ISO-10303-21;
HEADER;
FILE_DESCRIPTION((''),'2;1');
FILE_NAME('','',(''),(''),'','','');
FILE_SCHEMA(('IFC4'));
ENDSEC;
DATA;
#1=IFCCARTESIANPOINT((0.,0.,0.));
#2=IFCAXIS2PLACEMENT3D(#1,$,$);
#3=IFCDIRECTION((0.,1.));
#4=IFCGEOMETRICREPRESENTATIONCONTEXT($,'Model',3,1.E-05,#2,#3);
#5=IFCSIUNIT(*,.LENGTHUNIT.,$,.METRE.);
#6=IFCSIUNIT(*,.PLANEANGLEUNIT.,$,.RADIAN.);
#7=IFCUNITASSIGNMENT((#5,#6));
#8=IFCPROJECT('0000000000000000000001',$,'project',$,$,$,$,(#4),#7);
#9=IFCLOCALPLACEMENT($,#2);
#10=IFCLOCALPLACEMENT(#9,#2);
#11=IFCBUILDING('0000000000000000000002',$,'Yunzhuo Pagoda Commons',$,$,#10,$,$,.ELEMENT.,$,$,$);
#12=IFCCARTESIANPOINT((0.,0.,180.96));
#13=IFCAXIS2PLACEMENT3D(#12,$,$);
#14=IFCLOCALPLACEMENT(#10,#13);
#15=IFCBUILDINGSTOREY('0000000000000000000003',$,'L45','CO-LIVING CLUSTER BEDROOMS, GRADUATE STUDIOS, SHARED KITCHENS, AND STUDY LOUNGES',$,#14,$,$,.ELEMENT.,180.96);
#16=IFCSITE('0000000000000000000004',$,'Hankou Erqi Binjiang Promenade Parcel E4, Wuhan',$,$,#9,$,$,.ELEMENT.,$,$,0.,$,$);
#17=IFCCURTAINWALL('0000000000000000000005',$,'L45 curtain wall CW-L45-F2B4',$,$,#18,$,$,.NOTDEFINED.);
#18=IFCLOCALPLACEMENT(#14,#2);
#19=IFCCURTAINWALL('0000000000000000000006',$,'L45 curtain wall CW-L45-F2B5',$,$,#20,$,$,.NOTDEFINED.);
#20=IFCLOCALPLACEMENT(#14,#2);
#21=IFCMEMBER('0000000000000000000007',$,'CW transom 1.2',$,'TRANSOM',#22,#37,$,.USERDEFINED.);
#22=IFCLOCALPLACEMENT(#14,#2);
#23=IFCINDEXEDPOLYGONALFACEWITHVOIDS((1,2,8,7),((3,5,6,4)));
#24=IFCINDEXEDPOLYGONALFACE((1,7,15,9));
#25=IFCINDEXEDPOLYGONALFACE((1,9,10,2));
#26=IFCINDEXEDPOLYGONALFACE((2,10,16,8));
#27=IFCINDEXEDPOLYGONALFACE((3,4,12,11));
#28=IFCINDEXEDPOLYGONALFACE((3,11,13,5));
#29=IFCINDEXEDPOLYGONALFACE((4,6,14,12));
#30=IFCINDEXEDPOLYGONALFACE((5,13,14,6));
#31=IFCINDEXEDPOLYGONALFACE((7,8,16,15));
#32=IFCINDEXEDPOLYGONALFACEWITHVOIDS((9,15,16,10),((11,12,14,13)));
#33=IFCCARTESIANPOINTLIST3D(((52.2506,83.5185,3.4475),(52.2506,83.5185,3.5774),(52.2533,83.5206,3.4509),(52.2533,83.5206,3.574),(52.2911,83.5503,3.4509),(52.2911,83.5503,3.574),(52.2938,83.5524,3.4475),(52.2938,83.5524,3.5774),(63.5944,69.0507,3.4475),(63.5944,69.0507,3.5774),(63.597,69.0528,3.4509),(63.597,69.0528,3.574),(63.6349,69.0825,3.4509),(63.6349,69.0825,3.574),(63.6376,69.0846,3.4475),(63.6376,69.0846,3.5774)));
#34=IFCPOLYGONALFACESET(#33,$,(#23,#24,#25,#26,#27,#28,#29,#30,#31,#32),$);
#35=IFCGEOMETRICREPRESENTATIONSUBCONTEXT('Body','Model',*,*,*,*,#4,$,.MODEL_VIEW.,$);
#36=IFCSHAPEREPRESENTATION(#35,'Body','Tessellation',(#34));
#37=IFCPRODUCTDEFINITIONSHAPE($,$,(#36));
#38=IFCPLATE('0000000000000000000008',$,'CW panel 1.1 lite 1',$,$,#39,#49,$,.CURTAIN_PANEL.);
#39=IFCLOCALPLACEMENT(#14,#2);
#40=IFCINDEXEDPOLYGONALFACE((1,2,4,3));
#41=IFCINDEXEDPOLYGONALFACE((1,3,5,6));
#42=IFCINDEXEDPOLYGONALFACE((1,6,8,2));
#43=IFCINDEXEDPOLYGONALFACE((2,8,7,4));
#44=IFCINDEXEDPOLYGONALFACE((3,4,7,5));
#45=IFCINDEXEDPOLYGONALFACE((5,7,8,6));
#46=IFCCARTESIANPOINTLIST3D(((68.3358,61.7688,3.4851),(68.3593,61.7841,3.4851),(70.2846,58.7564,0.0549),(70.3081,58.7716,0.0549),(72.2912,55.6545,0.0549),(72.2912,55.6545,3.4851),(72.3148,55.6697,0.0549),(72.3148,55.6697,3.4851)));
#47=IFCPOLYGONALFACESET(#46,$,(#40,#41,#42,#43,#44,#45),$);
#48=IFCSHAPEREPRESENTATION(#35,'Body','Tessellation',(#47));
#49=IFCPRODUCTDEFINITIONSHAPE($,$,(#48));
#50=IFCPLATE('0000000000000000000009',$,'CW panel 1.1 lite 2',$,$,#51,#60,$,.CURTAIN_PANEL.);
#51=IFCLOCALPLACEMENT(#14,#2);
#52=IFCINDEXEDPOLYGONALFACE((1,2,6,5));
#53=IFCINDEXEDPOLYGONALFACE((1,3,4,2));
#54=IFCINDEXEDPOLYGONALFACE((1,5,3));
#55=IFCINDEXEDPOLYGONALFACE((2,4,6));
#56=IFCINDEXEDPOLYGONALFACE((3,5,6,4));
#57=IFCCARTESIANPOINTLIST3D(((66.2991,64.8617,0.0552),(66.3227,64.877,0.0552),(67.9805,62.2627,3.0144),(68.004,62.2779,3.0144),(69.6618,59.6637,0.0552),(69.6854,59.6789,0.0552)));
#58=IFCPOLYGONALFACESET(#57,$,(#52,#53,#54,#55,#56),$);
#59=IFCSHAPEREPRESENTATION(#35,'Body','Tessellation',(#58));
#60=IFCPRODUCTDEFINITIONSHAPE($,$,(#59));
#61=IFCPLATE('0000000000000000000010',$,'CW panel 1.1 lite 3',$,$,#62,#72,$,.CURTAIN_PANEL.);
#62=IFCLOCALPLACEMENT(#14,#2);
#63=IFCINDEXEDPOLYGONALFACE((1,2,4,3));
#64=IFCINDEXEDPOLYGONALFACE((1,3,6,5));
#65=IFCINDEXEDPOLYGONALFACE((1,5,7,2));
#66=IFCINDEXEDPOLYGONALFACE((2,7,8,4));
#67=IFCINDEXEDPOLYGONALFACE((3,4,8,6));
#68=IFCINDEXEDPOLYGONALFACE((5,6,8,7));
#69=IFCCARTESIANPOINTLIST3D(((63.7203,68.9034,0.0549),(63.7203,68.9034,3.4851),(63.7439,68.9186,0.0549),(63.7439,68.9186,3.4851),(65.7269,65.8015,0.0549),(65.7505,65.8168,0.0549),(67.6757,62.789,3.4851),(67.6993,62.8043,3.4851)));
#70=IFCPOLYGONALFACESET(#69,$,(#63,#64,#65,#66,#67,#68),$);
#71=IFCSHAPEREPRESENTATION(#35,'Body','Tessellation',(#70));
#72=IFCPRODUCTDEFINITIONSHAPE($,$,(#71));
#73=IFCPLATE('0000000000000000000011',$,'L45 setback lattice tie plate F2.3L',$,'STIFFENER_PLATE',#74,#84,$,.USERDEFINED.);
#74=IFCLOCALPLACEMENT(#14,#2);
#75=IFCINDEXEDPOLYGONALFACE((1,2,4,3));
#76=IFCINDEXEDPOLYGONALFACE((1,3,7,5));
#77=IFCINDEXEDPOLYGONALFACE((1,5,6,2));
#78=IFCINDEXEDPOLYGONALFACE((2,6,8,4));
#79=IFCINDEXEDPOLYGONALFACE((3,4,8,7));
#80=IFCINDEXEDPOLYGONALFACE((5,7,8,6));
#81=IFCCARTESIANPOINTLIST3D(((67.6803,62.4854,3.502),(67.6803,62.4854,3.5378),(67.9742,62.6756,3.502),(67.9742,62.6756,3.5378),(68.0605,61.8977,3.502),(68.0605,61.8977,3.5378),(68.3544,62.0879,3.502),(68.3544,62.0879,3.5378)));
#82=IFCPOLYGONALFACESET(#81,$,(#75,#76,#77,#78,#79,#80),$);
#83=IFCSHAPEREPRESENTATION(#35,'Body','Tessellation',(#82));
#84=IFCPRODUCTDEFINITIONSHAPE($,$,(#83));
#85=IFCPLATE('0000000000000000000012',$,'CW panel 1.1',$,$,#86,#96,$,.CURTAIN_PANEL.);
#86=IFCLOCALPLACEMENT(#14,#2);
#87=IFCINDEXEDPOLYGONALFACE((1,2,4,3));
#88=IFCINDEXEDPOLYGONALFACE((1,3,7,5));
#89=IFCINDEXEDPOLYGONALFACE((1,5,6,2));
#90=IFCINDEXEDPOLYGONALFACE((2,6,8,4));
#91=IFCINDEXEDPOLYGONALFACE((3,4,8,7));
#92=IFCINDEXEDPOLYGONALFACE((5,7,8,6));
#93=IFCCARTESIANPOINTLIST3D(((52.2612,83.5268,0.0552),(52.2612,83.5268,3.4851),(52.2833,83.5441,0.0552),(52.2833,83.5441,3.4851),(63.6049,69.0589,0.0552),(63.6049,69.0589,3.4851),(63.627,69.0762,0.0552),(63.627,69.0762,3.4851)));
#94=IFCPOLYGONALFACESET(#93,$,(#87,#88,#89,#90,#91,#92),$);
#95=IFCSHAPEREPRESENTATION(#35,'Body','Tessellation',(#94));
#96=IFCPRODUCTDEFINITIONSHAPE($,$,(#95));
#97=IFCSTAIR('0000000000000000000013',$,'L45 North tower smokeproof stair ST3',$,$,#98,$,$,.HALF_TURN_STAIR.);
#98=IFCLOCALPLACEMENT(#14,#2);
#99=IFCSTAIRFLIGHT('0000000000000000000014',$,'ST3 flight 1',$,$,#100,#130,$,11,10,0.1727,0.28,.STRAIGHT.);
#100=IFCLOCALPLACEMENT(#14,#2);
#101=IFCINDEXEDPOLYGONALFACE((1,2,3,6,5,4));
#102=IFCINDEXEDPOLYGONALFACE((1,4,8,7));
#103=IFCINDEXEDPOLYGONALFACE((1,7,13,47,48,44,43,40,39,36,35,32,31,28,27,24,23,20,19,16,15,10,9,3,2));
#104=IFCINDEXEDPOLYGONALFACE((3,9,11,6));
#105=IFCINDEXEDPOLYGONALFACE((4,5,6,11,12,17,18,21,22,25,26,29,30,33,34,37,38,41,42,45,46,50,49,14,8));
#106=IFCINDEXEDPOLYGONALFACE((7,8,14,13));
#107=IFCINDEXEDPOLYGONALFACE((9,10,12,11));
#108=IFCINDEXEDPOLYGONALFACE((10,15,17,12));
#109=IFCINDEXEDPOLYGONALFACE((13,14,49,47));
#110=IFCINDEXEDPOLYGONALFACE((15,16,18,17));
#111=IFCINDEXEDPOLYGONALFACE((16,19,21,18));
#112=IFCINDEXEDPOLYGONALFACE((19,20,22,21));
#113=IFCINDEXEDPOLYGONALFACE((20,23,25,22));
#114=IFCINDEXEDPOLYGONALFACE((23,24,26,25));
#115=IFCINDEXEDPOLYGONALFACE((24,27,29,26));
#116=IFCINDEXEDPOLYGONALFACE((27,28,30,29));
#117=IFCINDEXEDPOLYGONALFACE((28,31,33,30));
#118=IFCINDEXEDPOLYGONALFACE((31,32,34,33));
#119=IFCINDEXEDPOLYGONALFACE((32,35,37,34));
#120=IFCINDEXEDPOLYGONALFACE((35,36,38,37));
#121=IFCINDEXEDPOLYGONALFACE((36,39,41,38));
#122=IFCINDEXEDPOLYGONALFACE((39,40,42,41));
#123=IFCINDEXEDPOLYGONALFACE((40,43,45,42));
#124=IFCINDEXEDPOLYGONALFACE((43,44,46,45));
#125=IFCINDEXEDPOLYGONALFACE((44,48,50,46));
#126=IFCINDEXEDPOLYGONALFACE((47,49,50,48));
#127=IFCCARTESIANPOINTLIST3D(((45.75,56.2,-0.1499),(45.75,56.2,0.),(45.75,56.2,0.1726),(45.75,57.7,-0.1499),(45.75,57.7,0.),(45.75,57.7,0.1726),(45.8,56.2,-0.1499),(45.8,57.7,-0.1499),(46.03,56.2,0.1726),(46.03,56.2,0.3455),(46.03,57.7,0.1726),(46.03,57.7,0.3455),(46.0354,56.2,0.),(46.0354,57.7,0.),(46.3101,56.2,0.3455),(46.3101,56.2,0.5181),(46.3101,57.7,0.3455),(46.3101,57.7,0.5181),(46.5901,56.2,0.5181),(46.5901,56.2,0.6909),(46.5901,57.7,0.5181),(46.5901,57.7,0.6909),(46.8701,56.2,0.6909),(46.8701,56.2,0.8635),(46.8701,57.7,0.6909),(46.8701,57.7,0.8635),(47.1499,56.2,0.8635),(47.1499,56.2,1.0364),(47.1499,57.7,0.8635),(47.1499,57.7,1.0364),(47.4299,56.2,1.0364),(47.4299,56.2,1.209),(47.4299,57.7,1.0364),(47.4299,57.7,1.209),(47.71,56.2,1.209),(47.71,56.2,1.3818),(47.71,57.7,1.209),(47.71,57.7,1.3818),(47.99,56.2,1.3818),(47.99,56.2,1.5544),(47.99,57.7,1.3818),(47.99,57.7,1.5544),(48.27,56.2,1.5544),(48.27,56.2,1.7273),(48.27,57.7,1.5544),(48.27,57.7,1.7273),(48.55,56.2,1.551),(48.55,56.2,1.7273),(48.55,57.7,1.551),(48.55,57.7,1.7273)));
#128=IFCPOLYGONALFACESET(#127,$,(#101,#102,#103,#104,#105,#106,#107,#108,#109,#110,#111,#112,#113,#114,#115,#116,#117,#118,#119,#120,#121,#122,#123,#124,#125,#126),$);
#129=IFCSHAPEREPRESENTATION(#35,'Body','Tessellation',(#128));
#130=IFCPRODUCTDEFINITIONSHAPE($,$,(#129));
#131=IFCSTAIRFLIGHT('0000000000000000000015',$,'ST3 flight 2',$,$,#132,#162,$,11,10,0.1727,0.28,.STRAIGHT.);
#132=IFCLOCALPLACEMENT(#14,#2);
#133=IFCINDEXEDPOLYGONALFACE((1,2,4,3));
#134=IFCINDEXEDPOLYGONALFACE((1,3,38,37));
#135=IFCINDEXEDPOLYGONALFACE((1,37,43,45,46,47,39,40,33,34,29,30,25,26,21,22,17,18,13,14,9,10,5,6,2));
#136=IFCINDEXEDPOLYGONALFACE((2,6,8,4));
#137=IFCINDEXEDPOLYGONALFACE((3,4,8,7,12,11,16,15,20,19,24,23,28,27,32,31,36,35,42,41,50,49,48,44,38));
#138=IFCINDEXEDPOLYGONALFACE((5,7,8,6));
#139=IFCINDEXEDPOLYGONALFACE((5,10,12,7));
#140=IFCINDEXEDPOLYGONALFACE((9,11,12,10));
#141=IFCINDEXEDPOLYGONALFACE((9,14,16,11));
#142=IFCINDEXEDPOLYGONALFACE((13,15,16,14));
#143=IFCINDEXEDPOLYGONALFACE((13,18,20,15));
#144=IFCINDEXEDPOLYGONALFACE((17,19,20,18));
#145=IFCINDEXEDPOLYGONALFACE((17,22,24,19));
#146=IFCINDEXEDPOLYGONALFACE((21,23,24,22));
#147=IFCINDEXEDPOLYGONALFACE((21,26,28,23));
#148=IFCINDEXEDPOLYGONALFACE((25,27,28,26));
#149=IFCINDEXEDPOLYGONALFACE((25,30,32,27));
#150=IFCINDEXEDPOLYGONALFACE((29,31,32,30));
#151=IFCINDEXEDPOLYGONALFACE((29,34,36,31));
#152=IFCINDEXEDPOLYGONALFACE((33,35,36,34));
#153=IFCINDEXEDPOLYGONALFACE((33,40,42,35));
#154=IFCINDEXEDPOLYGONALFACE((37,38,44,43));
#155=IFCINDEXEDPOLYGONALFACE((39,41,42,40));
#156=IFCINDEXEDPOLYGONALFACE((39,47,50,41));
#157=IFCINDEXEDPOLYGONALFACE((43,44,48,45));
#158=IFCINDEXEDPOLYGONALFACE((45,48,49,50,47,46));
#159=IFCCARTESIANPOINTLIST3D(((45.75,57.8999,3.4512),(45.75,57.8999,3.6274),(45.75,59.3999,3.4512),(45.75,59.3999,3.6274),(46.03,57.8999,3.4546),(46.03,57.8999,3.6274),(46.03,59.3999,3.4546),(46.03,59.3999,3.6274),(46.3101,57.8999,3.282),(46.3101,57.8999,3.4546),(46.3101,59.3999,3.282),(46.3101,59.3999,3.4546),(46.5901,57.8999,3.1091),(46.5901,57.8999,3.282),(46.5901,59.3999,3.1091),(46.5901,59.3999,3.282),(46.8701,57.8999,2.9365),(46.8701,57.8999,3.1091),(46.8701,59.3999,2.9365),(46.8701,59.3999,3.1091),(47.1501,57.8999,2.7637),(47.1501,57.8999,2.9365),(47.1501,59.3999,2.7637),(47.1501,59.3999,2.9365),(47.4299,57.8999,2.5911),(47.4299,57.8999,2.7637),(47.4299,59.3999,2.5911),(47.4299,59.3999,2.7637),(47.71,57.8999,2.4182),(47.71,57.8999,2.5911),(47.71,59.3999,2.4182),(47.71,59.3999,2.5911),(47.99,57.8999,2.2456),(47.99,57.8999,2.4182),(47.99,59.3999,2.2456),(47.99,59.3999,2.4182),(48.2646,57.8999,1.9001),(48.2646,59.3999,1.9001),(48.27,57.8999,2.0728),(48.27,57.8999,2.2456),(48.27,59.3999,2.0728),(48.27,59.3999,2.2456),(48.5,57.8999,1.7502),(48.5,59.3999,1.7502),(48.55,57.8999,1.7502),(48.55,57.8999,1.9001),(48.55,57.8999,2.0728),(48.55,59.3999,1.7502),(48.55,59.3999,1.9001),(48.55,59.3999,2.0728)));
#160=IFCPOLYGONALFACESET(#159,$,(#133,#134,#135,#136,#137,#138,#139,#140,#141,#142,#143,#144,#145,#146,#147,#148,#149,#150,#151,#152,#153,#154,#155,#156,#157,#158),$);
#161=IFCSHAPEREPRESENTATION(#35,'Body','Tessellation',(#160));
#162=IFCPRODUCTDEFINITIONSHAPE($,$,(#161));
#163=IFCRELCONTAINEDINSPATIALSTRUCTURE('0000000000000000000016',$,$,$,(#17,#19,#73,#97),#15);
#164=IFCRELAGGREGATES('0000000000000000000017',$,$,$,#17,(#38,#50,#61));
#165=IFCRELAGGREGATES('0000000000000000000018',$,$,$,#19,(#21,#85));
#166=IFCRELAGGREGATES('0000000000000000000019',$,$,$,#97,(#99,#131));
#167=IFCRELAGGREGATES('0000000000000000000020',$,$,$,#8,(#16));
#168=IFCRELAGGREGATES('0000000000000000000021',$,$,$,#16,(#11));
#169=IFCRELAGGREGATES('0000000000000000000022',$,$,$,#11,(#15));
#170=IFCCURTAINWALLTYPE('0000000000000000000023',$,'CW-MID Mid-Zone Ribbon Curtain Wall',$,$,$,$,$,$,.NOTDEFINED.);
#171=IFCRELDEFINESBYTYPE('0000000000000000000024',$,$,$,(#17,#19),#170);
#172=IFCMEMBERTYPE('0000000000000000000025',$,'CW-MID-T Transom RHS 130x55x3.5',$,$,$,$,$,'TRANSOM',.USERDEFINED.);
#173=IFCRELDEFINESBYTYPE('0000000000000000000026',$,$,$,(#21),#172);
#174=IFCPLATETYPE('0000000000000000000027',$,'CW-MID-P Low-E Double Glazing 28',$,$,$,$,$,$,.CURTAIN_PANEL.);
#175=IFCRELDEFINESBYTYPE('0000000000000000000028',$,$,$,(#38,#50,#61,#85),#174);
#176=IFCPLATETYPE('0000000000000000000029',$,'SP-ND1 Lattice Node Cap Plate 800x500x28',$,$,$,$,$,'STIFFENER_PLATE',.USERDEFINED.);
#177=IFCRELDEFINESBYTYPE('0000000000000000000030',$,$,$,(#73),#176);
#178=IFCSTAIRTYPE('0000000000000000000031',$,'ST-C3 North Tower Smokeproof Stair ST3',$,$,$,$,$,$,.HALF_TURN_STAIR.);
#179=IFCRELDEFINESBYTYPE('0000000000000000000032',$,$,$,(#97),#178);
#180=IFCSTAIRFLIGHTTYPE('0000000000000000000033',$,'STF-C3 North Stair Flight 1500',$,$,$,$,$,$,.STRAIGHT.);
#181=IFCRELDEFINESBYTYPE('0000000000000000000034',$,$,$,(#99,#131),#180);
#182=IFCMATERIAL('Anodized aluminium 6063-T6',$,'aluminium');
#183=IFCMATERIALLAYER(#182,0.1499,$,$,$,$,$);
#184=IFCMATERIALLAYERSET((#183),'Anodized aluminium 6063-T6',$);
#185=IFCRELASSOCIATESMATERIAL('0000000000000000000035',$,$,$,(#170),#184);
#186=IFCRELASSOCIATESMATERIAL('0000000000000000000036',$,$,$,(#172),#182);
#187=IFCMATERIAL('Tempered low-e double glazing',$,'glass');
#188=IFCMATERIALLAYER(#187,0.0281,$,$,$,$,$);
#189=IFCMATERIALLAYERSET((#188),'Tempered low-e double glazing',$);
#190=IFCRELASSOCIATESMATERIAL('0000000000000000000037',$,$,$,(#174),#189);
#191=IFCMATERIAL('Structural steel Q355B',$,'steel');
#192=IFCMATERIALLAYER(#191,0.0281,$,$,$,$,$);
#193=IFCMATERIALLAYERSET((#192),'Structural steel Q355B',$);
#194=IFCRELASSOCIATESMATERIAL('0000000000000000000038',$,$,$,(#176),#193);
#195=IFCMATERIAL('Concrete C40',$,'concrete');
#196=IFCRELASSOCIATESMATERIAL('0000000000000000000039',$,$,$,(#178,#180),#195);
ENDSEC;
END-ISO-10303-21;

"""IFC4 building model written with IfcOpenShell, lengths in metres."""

from ifc_helpers import new_model, si_unit, direction, frame, origin, origin_2d, place, context, subcontext, project, spatial, polyline, rectangle, hollow_rectangle, outline, extrude, source, transform, mapped, material, layer, layer_set, material_profile, profile_set, type_object, element, aggregate, save


model = new_model("IFC4")

# Units and contexts
model_context = context("Model", 3, precision=1e-05, world=origin(), true_north=direction((0.0, 1.0)))
body_context = subcontext(model_context, "Body", "Model", "MODEL_VIEW")
ifc_project = project(units=[si_unit("LENGTHUNIT", "METRE"), si_unit("PLANEANGLEUNIT", "RADIAN")], contexts=[model_context])

# Site, building, storey
site_placement = place(None, origin())
site = spatial("IfcSite", under=ifc_project, at=site_placement, Name="Hankou Erqi Binjiang Promenade Parcel E4, Wuhan", CompositionType="ELEMENT", RefElevation=0.0)
building_placement = place(site_placement, origin())
building = spatial("IfcBuilding", under=site, at=building_placement, Name="Yunzhuo Pagoda Commons", CompositionType="ELEMENT")
storey_placement = place(building_placement, frame((0.0, 0.0, 180.96)))
storey = spatial("IfcBuildingStorey", under=building, at=storey_placement, Name="L45", Description="CO-LIVING CLUSTER BEDROOMS, GRADUATE STUDIOS, SHARED KITCHENS, AND STUDY LOUNGES", CompositionType="ELEMENT", Elevation=180.96)

# Shared definitions
ifc_material_1 = material(Name="Structural steel Q355B", Category="steel")

# Curtain wall
ifc_material_2 = material(Name="Anodized aluminium 6063-T6", Category="aluminium")
ifc_layer_1 = layer(ifc_material_2, 0.1499)
ifc_layer_set_1 = layer_set([ifc_layer_1], Name="Anodized aluminium 6063-T6")
curtain_wall_type = type_object("IfcCurtainWallType", Name="CW-MID Mid-Zone Ribbon Curtain Wall", PredefinedType="NOTDEFINED", material=ifc_layer_set_1)
curtain_wall_1_placement = place(storey_placement, origin())
curtain_wall_1 = element("IfcCurtainWall", 1, at=curtain_wall_1_placement, inside=storey, type_object=curtain_wall_type, Name="L45 curtain wall CW-L45-F2B4", PredefinedType="NOTDEFINED")

# Curtain wall, member
curtain_wall_2_placement = place(storey_placement, origin())
curtain_wall_2 = element("IfcCurtainWall", 2, at=curtain_wall_2_placement, inside=storey, type_object=curtain_wall_type, Name="L45 curtain wall CW-L45-F2B5", PredefinedType="NOTDEFINED")
ifc_material_profile_1 = material_profile(ifc_material_2, hollow_rectangle(XDim=0.0549, YDim=0.1299, WallThickness=0.0034, at=origin_2d()), Name="Anodized aluminium 6063-T6")
ifc_profile_set_1 = profile_set([ifc_material_profile_1], Name="Anodized aluminium 6063-T6")
member_type_1 = type_object("IfcMemberType", Name="CW-MID-T Transom RHS 130x55x3.5", ElementType="TRANSOM", PredefinedType="USERDEFINED", material=ifc_profile_set_1)
shared_shape_1 = source(origin(), body_context, "Body", "SweptSolid", [
    extrude(hollow_rectangle(XDim=0.0549, YDim=0.1299, WallThickness=0.0034, at=origin_2d()), origin(), (0.0, 0.0, 1.0), 18.3848),
])
member_1_placement = place(storey_placement, frame((63.616, 69.0676, 3.5125), z_axis=(-0.617021, 0.786946, 0.0), x_axis=(-0.786946, -0.617021, 0.0)))
member_1 = element("IfcMember", 3, at=member_1_placement, type_object=member_type_1, Name="CW transom 1.2", ObjectType="TRANSOM", PredefinedType="USERDEFINED", context=body_context, shape_type="MappedRepresentation", body=[
    mapped(shared_shape_1, transform((0.0, 0.0, 0.0), scale=1.0)),
])

# Plates
ifc_material_3 = material(Name="Tempered low-e double glazing", Category="glass")
ifc_layer_2 = layer(ifc_material_3, 0.0281)
ifc_layer_set_2 = layer_set([ifc_layer_2], Name="Tempered low-e double glazing")
plate_type_1 = type_object("IfcPlateType", Name="CW-MID-P Low-E Double Glazing 28", PredefinedType="CURTAIN_PANEL", material=ifc_layer_set_2)
plate_1_placement = place(storey_placement, frame((70.3135, 58.7117, 1.77), z_axis=(0.839627, 0.543164, 0.0), x_axis=(-0.543164, 0.839627, 0.0)))
plate_1 = element("IfcPlate", 4, at=plate_1_placement, type_object=plate_type_1, Name="CW panel 1.1 lite 1", PredefinedType="CURTAIN_PANEL", context=body_context, shape_type="SweptSolid", body=[
    extrude(outline(polyline([(-3.6411, -1.7151), (0.0532, -1.7151), (3.6411, 1.7151), (-3.6411, 1.7151), (-3.6411, -1.7151)])), origin(), (0.0, 0.0, 1.0), 0.0281),
])
plate_2_placement = place(storey_placement, frame((67.9805, 62.2627, 1.5347), z_axis=(0.839627, 0.543164, 0.0), x_axis=(-0.543164, 0.839627, 0.0)))
plate_2 = element("IfcPlate", 5, at=plate_2_placement, type_object=plate_type_1, Name="CW panel 1.1 lite 2", PredefinedType="CURTAIN_PANEL", context=body_context, shape_type="SweptSolid", body=[
    extrude(outline(polyline([(-3.0955, -1.4795), (3.0955, -1.4795), (0.0, 1.4797), (-3.0955, -1.4795)])), origin(), (0.0, 0.0, 1.0), 0.0281),
])
plate_3_placement = place(storey_placement, frame((65.698, 65.8462, 1.77), z_axis=(0.839627, 0.543164, 0.0), x_axis=(-0.543164, 0.839627, 0.0)))
plate_3 = element("IfcPlate", 6, at=plate_3_placement, type_object=plate_type_1, Name="CW panel 1.1 lite 3", PredefinedType="CURTAIN_PANEL", context=body_context, shape_type="SweptSolid", body=[
    extrude(outline(polyline([(-3.6411, 1.7151), (-0.0532, -1.7151), (3.6411, -1.7151), (3.6411, 1.7151), (-3.6411, 1.7151)])), origin(), (0.0, 0.0, 1.0), 0.0281),
])
aggregate(curtain_wall_1, [plate_1, plate_2, plate_3])
ifc_layer_3 = layer(ifc_material_1, 0.0281)
ifc_layer_set_3 = layer_set([ifc_layer_3], Name="Structural steel Q355B")
plate_type_2 = type_object("IfcPlateType", Name="SP-ND1 Lattice Node Cap Plate 800x500x28", ElementType="STIFFENER_PLATE", PredefinedType="USERDEFINED", material=ifc_layer_set_3)
shared_shape_2 = source(origin(), body_context, "Body", "SweptSolid", [
    extrude(rectangle(XDim=0.7, YDim=0.3501, at=origin_2d()), origin(), (0.0, 0.0, 1.0), 0.0359),
])
plate_4_placement = place(storey_placement, frame((68.0173, 62.2866, 3.502), z_axis=(0.0, 0.0, 1.0), x_axis=(-0.54316, 0.839629, 0.0)))
element("IfcPlate", 7, at=plate_4_placement, inside=storey, type_object=plate_type_2, Name="L45 setback lattice tie plate F2.3L", ObjectType="STIFFENER_PLATE", PredefinedType="USERDEFINED", context=body_context, shape_type="MappedRepresentation", body=[
    mapped(shared_shape_2, transform((0.0, 0.0, 0.0), scale=1.0)),
])
shared_shape_3 = source(origin(), body_context, "Body", "SweptSolid", [
    extrude(rectangle(XDim=18.3848, YDim=0.0281, at=origin_2d()), origin(), (0.0, 0.0, 1.0), 3.4299),
])
plate_5_placement = place(storey_placement, frame((57.9441, 76.3015, 0.0552), z_axis=(0.0, 0.0, 1.0), x_axis=(-0.617016, 0.78695, 0.0)))
plate_5 = element("IfcPlate", 8, at=plate_5_placement, type_object=plate_type_1, Name="CW panel 1.1", PredefinedType="CURTAIN_PANEL", context=body_context, shape_type="MappedRepresentation", body=[
    mapped(shared_shape_3, transform((0.0, 0.0, 0.0), scale=1.0)),
])
aggregate(curtain_wall_2, [member_1, plate_5])

# Stair, stair flights
ifc_material_4 = material(Name="Concrete C40", Category="concrete")
stair_type = type_object("IfcStairType", Name="ST-C3 North Tower Smokeproof Stair ST3", PredefinedType="HALF_TURN_STAIR", material=ifc_material_4)
stair_placement = place(storey_placement, origin())
stair = element("IfcStair", 9, at=stair_placement, inside=storey, type_object=stair_type, Name="L45 North tower smokeproof stair ST3", PredefinedType="HALF_TURN_STAIR")
stair_flight_type = type_object("IfcStairFlightType", Name="STF-C3 North Stair Flight 1500", PredefinedType="STRAIGHT", material=ifc_material_4)
shared_shape_4 = source(origin(), body_context, "Body", "SweptSolid", [
    extrude(outline(polyline([(0.0, -0.1499), (0.0, 0.0), (0.0, 0.1726), (0.28, 0.1726), (0.28, 0.3455), (0.5601, 0.3455), (0.5601, 0.5181), (0.8401, 0.5181), (0.8401, 0.6909), (1.1201, 0.6909), (1.1201, 0.8635), (1.3999, 0.8635), (1.3999, 1.0364), (1.6799, 1.0364), (1.6799, 1.209), (1.96, 1.209), (1.96, 1.3818), (2.24, 1.3818), (2.24, 1.5544), (2.52, 1.5544), (2.52, 1.7273), (2.8, 1.7273), (2.8, 1.8999), (2.8, 1.551), (0.2854, 0.0), (0.05, -0.1499), (0.0, -0.1499)])), frame((0.0, 0.75, 0.0), z_axis=(0.0, -1.0, 0.0), x_axis=(1.0, 0.0, 0.0)), (0.0, 0.0, 1.0), 1.5),
])
stair_flight_1_placement = place(storey_placement, frame((45.75, 56.95, 0.0), z_axis=(0.0, 0.0, 1.0), x_axis=(1.0, 0.0, 0.0)))
stair_flight_1 = element("IfcStairFlight", 10, at=stair_flight_1_placement, type_object=stair_flight_type, Name="ST3 flight 1", NumberOfRisers=11, NumberOfTreads=10, PredefinedType="STRAIGHT", RiserHeight=0.1727, TreadLength=0.28, context=body_context, shape_type="MappedRepresentation", body=[
    mapped(shared_shape_4, transform((0.0, 0.0, 0.0), scale=1.0)),
])
stair_flight_2_placement = place(storey_placement, frame((48.55, 58.6499, 1.9001), z_axis=(0.0, 0.0, 1.0), x_axis=(-1.0, 0.0, 0.0)))
stair_flight_2 = element("IfcStairFlight", 11, at=stair_flight_2_placement, type_object=stair_flight_type, Name="ST3 flight 2", NumberOfRisers=11, NumberOfTreads=10, PredefinedType="STRAIGHT", RiserHeight=0.1727, TreadLength=0.28, context=body_context, shape_type="MappedRepresentation", body=[
    mapped(shared_shape_4, transform((0.0, 0.0, 0.0), scale=1.0)),
])
aggregate(stair, [stair_flight_1, stair_flight_2])

save(model, "model.ifc")
